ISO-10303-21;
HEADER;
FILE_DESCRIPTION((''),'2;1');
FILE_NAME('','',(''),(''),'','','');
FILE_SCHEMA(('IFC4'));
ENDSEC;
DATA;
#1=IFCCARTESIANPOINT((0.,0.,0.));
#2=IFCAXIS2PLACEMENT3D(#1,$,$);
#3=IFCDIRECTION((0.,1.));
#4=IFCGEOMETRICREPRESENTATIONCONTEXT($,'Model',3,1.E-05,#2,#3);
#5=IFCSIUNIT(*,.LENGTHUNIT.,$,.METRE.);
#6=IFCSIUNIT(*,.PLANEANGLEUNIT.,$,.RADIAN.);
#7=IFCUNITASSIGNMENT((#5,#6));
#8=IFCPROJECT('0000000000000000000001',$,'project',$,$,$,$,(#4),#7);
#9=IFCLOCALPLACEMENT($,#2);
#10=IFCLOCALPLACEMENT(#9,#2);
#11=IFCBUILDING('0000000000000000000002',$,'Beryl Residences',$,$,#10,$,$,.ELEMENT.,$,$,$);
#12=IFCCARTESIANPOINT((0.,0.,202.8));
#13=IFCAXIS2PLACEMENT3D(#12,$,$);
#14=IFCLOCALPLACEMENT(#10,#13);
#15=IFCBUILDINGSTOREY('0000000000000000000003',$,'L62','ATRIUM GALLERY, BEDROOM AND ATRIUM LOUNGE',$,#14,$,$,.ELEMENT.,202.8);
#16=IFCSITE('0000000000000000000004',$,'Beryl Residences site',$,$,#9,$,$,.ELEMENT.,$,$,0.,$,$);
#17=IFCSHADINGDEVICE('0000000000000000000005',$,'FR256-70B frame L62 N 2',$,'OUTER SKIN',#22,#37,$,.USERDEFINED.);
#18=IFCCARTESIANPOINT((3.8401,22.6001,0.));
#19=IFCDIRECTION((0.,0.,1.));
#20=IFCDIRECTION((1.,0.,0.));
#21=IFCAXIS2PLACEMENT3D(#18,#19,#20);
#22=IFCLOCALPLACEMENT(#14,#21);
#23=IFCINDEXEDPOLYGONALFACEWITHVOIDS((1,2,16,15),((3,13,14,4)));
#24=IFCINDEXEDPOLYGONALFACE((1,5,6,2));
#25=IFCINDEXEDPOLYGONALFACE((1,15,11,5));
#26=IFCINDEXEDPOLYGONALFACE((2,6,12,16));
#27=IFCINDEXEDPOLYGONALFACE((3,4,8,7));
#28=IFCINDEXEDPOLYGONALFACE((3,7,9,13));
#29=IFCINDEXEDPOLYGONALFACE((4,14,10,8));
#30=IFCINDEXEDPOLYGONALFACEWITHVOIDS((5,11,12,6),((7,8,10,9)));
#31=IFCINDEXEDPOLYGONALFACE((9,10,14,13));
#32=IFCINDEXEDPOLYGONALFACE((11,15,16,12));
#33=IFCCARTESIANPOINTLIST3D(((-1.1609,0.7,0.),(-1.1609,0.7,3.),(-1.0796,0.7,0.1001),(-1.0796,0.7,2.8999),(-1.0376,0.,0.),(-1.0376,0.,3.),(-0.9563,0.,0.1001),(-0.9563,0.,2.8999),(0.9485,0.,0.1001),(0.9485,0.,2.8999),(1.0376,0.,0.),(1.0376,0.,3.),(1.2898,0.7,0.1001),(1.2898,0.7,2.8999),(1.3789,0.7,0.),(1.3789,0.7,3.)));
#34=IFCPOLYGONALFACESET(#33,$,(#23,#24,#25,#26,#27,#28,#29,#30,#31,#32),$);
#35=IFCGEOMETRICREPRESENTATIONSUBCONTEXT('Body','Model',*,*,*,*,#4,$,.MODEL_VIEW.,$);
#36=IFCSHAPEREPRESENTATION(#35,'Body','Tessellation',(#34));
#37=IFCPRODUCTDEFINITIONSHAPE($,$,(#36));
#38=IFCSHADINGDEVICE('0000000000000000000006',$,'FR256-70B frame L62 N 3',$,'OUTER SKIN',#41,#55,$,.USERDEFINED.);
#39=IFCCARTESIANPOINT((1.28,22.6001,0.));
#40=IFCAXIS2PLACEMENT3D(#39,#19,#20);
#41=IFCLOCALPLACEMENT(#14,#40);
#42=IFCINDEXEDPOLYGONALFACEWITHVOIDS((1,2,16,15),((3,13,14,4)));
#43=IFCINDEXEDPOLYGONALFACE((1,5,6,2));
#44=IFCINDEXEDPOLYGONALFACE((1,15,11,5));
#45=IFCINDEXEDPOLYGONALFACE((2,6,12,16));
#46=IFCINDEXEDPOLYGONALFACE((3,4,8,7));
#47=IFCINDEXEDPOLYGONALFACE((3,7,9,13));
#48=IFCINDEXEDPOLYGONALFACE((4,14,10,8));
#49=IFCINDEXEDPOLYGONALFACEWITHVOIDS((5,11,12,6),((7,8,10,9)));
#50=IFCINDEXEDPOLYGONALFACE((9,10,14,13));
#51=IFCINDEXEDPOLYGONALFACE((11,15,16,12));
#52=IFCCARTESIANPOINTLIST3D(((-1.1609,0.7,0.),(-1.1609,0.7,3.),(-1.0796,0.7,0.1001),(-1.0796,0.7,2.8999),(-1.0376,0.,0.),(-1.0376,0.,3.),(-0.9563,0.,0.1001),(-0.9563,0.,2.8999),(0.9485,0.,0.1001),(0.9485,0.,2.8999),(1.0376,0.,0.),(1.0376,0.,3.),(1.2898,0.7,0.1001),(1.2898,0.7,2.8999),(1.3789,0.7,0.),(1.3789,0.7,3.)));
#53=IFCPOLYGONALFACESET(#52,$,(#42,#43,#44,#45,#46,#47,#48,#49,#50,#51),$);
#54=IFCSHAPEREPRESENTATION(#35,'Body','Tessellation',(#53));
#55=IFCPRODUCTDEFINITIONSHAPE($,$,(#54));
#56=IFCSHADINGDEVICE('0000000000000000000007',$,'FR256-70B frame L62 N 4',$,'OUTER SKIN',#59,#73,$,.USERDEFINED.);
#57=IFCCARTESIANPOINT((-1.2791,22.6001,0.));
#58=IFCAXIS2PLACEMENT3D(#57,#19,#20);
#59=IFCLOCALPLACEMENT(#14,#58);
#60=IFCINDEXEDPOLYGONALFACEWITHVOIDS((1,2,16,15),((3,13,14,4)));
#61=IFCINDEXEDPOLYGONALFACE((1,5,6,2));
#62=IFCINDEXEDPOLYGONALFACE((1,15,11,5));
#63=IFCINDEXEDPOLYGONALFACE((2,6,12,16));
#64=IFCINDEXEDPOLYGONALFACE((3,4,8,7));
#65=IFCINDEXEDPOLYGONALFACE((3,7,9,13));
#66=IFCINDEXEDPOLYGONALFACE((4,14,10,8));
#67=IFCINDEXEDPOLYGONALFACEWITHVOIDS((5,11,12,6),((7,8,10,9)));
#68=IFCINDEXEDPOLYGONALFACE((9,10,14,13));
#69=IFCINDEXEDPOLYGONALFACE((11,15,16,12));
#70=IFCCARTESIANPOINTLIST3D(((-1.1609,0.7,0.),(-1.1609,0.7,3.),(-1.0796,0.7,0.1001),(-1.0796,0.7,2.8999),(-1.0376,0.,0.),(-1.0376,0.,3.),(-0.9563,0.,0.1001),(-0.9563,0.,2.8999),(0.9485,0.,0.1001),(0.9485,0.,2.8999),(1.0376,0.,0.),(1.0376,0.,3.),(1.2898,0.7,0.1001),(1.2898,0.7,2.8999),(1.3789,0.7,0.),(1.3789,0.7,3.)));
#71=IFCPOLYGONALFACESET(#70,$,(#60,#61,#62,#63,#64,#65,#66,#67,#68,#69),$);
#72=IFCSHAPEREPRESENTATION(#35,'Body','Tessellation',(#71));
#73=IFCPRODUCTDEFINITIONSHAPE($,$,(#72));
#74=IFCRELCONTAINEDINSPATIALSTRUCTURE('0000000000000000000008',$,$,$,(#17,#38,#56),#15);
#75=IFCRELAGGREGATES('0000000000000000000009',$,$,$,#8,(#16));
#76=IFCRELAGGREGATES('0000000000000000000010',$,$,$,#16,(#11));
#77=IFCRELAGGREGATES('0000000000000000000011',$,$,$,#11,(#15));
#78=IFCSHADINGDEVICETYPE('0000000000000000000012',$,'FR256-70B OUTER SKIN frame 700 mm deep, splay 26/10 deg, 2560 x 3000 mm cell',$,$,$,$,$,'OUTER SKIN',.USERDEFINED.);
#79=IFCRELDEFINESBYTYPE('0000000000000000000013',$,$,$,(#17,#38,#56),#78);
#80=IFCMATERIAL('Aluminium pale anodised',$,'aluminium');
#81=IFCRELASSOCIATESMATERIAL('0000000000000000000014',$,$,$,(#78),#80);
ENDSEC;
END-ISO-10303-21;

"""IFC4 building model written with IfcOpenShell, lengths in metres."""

from ifc_helpers import new_model, entity, si_unit, direction, frame, origin, place, context, subcontext, project, spatial, source, transform, mapped, material, type_object, type_shapes, element, save


model = new_model("IFC4")

# Units and contexts
model_context = context("Model", 3, precision=1e-05, world=origin(), true_north=direction((0.0, 1.0)))
body_context = subcontext(model_context, "Body", "Model", "MODEL_VIEW")
ifc_project = project(units=[si_unit("LENGTHUNIT", "METRE"), si_unit("PLANEANGLEUNIT", "RADIAN")], contexts=[model_context])

# Site, building, storey
site_placement = place(None, origin())
site = spatial("IfcSite", under=ifc_project, at=site_placement, Name="Beryl Residences site", CompositionType="ELEMENT", RefElevation=0.0)
building_placement = place(site_placement, origin())
building = spatial("IfcBuilding", under=site, at=building_placement, Name="Beryl Residences", CompositionType="ELEMENT")
storey_placement = place(building_placement, frame((0.0, 0.0, 202.8)))
storey = spatial("IfcBuildingStorey", under=building, at=storey_placement, Name="L62", Description="ATRIUM GALLERY, BEDROOM AND ATRIUM LOUNGE", CompositionType="ELEMENT", Elevation=202.8)

# Shading devices
ifc_material_1 = material(Name="Aluminium pale anodised", Category="aluminium")
shading_device_type = type_object("IfcShadingDeviceType", Name="FR256-70B OUTER SKIN frame 700 mm deep, splay 26/10 deg, 2560 x 3000 mm cell", ElementType="OUTER SKIN", PredefinedType="USERDEFINED", material=ifc_material_1)
cartesian_point_1 = entity("IfcCartesianPoint", [-1.0376, 0.0])
cartesian_point_2 = entity("IfcCartesianPoint", [-0.9485, 0.1001])
cartesian_point_3 = entity("IfcCartesianPoint", [-1.3789, 0.0])
cartesian_point_4 = entity("IfcCartesianPoint", [-1.2898, 0.1001])
shared_shape = source(origin(), body_context, "Body", "SweptSolid", [
    entity("IfcExtrudedAreaSolidTapered", entity("IfcArbitraryProfileDefWithVoids", "AREA", None, entity("IfcPolyline", [cartesian_point_1, entity("IfcCartesianPoint", [1.0376, 0.0]), entity("IfcCartesianPoint", [1.0376, 3.0]), entity("IfcCartesianPoint", [-1.0376, 3.0]), cartesian_point_1]), [entity("IfcPolyline", [cartesian_point_2, entity("IfcCartesianPoint", [0.9563, 0.1001]), entity("IfcCartesianPoint", [0.9563, 2.8999]), entity("IfcCartesianPoint", [-0.9485, 2.8999]), cartesian_point_2])]), entity("IfcAxis2Placement3D", entity("IfcCartesianPoint", [0.0, 0.0, 0.0]), entity("IfcDirection", [0.0, 1.0, 0.0]), entity("IfcDirection", [-1.0, 0.0, 0.0])), entity("IfcDirection", [0.0, 0.0, 1.0]), 0.7, entity("IfcArbitraryProfileDefWithVoids", "AREA", None, entity("IfcPolyline", [cartesian_point_3, entity("IfcCartesianPoint", [1.1609, 0.0]), entity("IfcCartesianPoint", [1.1609, 3.0]), entity("IfcCartesianPoint", [-1.3789, 3.0]), cartesian_point_3]), [entity("IfcPolyline", [cartesian_point_4, entity("IfcCartesianPoint", [1.0796, 0.1001]), entity("IfcCartesianPoint", [1.0796, 2.8999]), entity("IfcCartesianPoint", [-1.2898, 2.8999]), cartesian_point_4])])),
])
type_shapes(shading_device_type, [shared_shape])
for number, where, z_axis, x_axis, name in (
    (1, (3.8401, 22.6001, 0.0), (0.0, 0.0, 1.0), (1.0, 0.0, 0.0), "FR256-70B frame L62 N 2"),
    (2, (1.28, 22.6001, 0.0), (0.0, 0.0, 1.0), (1.0, 0.0, 0.0), "FR256-70B frame L62 N 3"),
    (3, (-1.2791, 22.6001, 0.0), (0.0, 0.0, 1.0), (1.0, 0.0, 0.0), "FR256-70B frame L62 N 4"),
):
    element("IfcShadingDevice", number, at=place(storey_placement, frame(where, z_axis=z_axis, x_axis=x_axis)), inside=storey, type_object=shading_device_type, Name=name, ObjectType="OUTER SKIN", PredefinedType="USERDEFINED", context=body_context, shape_type="MappedRepresentation", body=[
        mapped(shared_shape, transform((0.0, 0.0, 0.0))),
    ])

save(model, "model.ifc")
